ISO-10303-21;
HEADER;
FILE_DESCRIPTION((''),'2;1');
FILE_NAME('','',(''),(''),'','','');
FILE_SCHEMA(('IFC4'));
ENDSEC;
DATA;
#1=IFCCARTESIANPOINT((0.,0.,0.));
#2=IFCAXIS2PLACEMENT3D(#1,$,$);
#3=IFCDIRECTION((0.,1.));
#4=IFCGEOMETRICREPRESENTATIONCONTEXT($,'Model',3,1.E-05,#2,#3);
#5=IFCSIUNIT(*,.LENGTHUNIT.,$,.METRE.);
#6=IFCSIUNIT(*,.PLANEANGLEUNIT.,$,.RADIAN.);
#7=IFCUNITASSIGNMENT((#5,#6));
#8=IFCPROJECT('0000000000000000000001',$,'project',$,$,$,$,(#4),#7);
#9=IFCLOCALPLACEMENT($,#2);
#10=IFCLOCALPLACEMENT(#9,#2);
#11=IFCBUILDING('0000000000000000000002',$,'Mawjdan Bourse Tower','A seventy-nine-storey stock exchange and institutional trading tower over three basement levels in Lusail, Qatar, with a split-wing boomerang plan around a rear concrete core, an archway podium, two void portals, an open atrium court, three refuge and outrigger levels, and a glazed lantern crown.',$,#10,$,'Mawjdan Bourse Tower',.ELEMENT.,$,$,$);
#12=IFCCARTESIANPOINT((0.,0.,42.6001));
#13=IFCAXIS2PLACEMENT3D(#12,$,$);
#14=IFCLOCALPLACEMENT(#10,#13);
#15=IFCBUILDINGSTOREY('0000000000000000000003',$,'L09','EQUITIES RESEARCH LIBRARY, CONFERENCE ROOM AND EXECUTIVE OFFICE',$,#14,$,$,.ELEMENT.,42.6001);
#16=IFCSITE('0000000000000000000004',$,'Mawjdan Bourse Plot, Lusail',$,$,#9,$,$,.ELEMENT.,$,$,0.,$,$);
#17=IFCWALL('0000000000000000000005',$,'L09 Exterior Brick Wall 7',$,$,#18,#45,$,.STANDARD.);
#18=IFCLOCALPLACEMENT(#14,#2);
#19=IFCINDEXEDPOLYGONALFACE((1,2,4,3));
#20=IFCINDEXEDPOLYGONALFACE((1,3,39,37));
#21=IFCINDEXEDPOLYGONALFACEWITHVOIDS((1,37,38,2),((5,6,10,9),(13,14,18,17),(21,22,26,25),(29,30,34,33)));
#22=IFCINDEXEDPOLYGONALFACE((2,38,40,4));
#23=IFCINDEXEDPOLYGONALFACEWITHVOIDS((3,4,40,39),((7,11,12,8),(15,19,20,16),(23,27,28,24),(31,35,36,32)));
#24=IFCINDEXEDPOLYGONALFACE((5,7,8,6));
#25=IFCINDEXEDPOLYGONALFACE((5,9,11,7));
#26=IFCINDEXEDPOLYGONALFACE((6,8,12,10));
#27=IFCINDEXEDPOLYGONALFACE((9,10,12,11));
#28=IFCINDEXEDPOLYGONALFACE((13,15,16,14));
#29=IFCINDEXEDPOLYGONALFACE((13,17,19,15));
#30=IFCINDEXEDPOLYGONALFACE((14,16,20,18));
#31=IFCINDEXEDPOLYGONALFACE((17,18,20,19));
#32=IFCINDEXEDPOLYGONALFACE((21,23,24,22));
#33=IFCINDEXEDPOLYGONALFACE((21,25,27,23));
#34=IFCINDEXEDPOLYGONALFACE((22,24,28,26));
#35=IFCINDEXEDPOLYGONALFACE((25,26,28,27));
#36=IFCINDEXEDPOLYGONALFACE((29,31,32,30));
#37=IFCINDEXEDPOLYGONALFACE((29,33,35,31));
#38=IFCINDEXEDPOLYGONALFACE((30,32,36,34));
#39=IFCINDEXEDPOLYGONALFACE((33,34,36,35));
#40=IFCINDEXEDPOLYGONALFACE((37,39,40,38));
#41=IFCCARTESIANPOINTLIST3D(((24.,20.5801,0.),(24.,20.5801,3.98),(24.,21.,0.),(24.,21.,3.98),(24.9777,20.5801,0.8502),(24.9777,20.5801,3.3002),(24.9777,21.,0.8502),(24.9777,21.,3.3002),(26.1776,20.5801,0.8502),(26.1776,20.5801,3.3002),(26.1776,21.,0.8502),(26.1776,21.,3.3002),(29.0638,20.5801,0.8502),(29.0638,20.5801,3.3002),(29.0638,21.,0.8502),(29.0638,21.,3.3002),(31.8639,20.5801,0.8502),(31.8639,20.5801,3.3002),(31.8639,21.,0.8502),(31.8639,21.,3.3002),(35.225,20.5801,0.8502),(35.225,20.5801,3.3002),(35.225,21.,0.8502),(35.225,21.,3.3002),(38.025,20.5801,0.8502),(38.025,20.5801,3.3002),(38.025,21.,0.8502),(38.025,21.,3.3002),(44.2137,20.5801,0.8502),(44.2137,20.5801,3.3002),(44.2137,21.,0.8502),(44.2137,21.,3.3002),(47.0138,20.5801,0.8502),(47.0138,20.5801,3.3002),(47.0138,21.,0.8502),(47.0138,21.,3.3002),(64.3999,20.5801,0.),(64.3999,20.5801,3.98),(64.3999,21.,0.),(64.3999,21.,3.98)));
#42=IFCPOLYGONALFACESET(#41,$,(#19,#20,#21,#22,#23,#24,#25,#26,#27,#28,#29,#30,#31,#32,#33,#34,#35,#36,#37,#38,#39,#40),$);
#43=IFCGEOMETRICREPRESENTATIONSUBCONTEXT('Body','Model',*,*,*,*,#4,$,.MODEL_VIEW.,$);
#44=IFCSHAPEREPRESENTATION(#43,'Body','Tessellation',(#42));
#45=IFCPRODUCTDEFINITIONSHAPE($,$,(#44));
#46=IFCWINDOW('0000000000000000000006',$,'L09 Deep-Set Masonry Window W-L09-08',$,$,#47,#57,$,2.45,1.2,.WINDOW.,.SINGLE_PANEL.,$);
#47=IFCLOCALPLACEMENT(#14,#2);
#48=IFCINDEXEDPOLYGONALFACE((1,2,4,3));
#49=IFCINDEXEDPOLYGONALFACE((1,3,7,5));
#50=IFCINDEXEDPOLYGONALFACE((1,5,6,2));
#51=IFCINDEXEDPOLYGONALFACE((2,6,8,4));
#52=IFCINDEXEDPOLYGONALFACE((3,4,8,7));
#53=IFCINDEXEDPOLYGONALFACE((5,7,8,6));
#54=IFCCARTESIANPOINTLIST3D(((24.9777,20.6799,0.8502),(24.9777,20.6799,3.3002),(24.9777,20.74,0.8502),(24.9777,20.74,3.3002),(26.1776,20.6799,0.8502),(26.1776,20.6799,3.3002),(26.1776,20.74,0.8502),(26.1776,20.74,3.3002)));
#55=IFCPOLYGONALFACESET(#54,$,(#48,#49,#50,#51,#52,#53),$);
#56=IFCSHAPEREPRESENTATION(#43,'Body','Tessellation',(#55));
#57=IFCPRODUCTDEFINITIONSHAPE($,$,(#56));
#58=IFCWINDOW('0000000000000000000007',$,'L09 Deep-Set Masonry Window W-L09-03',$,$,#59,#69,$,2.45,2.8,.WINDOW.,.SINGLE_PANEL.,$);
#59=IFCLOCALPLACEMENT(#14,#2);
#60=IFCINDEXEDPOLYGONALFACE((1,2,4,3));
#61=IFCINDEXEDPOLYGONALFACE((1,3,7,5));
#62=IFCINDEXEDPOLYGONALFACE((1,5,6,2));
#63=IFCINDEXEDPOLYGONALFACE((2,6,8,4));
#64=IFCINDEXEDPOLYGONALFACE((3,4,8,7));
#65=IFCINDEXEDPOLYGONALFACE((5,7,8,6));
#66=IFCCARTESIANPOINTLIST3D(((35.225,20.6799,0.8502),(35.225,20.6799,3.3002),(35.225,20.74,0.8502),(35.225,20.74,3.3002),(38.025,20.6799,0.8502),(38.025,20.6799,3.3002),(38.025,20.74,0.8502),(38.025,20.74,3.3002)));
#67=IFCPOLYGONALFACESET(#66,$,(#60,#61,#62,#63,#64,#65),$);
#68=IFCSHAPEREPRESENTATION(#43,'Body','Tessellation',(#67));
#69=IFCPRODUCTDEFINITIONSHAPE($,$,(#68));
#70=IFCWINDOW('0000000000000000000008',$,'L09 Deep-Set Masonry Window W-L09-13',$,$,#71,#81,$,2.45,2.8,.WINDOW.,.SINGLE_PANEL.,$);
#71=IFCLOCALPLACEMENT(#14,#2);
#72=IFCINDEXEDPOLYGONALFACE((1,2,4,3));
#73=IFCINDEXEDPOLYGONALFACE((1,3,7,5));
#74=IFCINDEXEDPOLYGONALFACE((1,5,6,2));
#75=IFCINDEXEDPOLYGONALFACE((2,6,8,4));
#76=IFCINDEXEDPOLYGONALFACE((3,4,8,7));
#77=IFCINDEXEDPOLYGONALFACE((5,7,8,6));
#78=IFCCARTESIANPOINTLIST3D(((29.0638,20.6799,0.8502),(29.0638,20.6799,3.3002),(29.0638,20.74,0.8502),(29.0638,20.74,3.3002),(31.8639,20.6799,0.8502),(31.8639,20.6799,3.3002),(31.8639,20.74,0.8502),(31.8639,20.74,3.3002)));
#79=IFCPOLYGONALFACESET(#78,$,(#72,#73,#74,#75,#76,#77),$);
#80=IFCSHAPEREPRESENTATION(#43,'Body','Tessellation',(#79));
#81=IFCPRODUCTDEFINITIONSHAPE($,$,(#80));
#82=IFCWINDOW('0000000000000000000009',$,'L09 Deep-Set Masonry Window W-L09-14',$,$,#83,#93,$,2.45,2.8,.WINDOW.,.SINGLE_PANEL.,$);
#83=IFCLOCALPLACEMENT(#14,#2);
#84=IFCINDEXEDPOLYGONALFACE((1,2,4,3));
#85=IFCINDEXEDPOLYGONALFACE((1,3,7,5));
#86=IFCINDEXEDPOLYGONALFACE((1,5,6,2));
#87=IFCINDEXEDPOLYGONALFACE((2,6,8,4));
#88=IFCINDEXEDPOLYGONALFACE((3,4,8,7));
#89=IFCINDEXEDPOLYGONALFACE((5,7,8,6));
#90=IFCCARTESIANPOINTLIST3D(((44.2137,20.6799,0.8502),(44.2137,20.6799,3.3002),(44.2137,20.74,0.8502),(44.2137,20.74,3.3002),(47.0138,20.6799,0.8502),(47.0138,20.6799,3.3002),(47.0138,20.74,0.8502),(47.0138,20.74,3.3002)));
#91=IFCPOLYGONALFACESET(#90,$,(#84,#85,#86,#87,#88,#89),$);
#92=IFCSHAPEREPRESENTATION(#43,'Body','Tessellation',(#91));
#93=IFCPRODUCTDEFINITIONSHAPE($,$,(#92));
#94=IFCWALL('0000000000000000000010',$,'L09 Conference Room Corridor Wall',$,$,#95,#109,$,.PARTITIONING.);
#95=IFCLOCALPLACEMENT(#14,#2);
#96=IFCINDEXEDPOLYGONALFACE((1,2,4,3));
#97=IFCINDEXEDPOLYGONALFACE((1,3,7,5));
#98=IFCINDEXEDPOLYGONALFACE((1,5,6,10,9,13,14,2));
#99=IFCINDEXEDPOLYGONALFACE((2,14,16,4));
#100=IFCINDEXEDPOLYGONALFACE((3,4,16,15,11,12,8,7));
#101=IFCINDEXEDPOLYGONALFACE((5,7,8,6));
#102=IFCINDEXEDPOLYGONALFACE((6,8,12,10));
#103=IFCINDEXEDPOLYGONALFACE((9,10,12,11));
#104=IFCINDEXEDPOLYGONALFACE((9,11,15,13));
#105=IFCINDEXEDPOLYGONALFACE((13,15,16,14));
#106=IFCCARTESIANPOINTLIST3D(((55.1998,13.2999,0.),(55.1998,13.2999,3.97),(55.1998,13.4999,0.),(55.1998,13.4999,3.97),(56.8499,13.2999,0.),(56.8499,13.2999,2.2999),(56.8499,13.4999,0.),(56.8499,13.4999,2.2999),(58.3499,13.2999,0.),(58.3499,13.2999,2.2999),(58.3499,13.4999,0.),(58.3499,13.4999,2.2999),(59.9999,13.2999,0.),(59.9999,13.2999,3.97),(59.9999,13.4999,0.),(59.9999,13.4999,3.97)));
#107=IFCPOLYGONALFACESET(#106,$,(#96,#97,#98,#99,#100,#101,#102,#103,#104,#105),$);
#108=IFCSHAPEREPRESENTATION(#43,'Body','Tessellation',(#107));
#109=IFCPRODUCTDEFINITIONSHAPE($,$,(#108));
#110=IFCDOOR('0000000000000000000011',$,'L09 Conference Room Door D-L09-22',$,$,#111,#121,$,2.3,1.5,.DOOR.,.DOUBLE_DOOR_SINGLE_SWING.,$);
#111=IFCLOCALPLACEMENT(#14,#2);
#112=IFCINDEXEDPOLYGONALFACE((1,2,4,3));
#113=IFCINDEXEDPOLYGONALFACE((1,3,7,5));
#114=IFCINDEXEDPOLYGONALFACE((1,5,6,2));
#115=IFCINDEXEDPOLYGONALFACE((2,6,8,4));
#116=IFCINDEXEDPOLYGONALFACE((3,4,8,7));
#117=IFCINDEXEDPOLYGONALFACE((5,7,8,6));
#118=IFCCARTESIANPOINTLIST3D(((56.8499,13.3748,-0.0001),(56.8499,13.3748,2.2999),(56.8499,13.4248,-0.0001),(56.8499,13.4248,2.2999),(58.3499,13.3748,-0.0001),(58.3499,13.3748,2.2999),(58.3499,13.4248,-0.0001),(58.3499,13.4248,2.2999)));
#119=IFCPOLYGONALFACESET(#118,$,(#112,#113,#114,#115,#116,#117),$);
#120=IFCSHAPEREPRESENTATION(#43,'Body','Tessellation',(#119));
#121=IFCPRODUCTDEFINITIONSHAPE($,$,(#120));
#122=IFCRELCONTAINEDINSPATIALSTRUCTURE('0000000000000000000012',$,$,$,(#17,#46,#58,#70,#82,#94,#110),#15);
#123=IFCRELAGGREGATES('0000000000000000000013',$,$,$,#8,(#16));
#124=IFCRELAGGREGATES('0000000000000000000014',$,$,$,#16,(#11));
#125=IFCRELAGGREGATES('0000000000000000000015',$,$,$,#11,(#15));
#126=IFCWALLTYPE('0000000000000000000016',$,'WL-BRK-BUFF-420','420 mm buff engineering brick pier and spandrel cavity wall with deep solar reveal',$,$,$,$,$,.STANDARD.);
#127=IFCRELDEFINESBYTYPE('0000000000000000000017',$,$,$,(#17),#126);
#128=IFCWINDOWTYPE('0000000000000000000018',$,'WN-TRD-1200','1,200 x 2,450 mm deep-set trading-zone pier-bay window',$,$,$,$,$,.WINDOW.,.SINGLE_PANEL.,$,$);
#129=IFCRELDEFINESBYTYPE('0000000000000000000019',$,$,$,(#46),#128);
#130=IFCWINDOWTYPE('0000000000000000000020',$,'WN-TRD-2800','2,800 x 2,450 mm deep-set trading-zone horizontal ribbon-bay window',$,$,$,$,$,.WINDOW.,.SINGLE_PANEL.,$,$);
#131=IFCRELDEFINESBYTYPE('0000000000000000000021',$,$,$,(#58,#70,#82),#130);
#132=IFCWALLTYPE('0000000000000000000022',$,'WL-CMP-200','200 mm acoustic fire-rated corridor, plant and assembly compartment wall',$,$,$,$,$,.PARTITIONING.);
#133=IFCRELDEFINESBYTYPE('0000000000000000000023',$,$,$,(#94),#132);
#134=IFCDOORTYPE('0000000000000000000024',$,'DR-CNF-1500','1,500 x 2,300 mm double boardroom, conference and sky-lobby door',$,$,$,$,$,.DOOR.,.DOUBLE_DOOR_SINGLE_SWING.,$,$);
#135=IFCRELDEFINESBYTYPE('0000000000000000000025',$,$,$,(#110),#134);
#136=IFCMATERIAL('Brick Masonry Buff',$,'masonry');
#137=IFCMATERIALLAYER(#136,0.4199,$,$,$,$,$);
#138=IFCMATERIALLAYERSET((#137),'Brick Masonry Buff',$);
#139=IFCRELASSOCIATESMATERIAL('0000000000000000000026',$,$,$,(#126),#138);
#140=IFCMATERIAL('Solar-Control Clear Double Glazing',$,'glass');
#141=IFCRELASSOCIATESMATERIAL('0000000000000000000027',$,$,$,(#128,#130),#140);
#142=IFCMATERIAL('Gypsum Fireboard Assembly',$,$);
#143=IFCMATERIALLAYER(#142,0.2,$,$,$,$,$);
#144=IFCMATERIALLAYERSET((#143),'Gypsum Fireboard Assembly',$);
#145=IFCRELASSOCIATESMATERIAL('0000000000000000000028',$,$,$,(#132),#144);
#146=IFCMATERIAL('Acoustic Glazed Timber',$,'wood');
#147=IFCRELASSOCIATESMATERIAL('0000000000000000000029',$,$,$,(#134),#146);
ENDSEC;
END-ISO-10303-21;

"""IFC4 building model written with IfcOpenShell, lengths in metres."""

from ifc_helpers import new_model, si_unit, direction, frame, frame_2d, origin, place, context, subcontext, project, spatial, rectangle, extrude, material, layer, layer_set, type_object, element, fill, save


model = new_model("IFC4")

# Units and contexts
model_context = context("Model", 3, precision=1e-05, world=origin(), true_north=direction((0.0, 1.0)))
body_context = subcontext(model_context, "Body", "Model", "MODEL_VIEW")
ifc_project = project(units=[si_unit("LENGTHUNIT", "METRE"), si_unit("PLANEANGLEUNIT", "RADIAN")], contexts=[model_context])

# Site, building, storey
site_placement = place(None, origin())
site = spatial("IfcSite", under=ifc_project, at=site_placement, Name="Mawjdan Bourse Plot, Lusail", CompositionType="ELEMENT", RefElevation=0.0)
building_placement = place(site_placement, origin())
building = spatial("IfcBuilding", under=site, at=building_placement, Name="Mawjdan Bourse Tower", Description="A seventy-nine-storey stock exchange and institutional trading tower over three basement levels in Lusail, Qatar, with a split-wing boomerang plan around a rear concrete core, an archway podium, two void portals, an open atrium court, three refuge and outrigger levels, and a glazed lantern crown.", LongName="Mawjdan Bourse Tower", CompositionType="ELEMENT")
storey_placement = place(building_placement, frame((0.0, 0.0, 42.6001)))
storey = spatial("IfcBuildingStorey", under=building, at=storey_placement, Name="L09", Description="EQUITIES RESEARCH LIBRARY, CONFERENCE ROOM AND EXECUTIVE OFFICE", CompositionType="ELEMENT", Elevation=42.6001)

# Shared definitions
ifc_material_1 = material(Name="Brick Masonry Buff", Category="masonry")
ifc_layer_1 = layer(ifc_material_1, 0.4199)
ifc_layer_set_1 = layer_set([ifc_layer_1], Name="Brick Masonry Buff")
wall_type_1 = type_object("IfcWallType", Name="WL-BRK-BUFF-420", Description="420 mm buff engineering brick pier and spandrel cavity wall with deep solar reveal", PredefinedType="STANDARD", material=ifc_layer_set_1)

# Wall, openings, windows
wall_1_placement = place(storey_placement, frame((64.3999, 20.79, 0.0), z_axis=(0.0, 0.0, 1.0), x_axis=(-1.0, 0.0, 0.0)))
wall_1 = element("IfcWall", 1, at=wall_1_placement, inside=storey, type_object=wall_type_1, Name="L09 Exterior Brick Wall 7", PredefinedType="STANDARD", context=body_context, shape_type="SweptSolid", body=[
    extrude(rectangle(XDim=40.3999, YDim=0.4199, at=frame_2d((20.2, 0.0))), origin(), (0.0, 0.0, 1.0), 3.98),
])
opening_1_placement = place(wall_1_placement, frame((26.375, 0.0, 0.8501)))
opening_1 = element("IfcOpeningElement", 2, at=opening_1_placement, cuts=wall_1, PredefinedType="OPENING", context=body_context, shape_type="SweptSolid", body=[
    extrude(rectangle(XDim=2.8, YDim=2.45, at=frame_2d((1.3999, 1.2251))), frame((0.0, 0.22, 0.0), z_axis=(0.0, -1.0, 0.0), x_axis=(1.0, 0.0, 0.0)), (0.0, 0.0, 1.0), 0.4399),
])
opening_2_placement = place(wall_1_placement, frame((38.2222, 0.0, 0.8501)))
opening_2 = element("IfcOpeningElement", 3, at=opening_2_placement, cuts=wall_1, PredefinedType="OPENING", context=body_context, shape_type="SweptSolid", body=[
    extrude(rectangle(XDim=1.2, YDim=2.45, at=frame_2d((0.6001, 1.2251))), frame((0.0, 0.22, 0.0), z_axis=(0.0, -1.0, 0.0), x_axis=(1.0, 0.0, 0.0)), (0.0, 0.0, 1.0), 0.4399),
])
opening_3_placement = place(wall_1_placement, frame((32.5361, 0.0, 0.8501)))
opening_3 = element("IfcOpeningElement", 4, at=opening_3_placement, cuts=wall_1, PredefinedType="OPENING", context=body_context, shape_type="SweptSolid", body=[
    extrude(rectangle(XDim=2.8, YDim=2.45, at=frame_2d((1.3999, 1.2251))), frame((0.0, 0.22, 0.0), z_axis=(0.0, -1.0, 0.0), x_axis=(1.0, 0.0, 0.0)), (0.0, 0.0, 1.0), 0.4399),
])
opening_4_placement = place(wall_1_placement, frame((17.3862, 0.0, 0.8501)))
opening_4 = element("IfcOpeningElement", 5, at=opening_4_placement, cuts=wall_1, PredefinedType="OPENING", context=body_context, shape_type="SweptSolid", body=[
    extrude(rectangle(XDim=2.8, YDim=2.45, at=frame_2d((1.3999, 1.2251))), frame((0.0, 0.22, 0.0), z_axis=(0.0, -1.0, 0.0), x_axis=(1.0, 0.0, 0.0)), (0.0, 0.0, 1.0), 0.4399),
])
ifc_material_2 = material(Name="Solar-Control Clear Double Glazing", Category="glass")
window_type_1 = type_object("IfcWindowType", Name="WN-TRD-1200", Description="1,200 x 2,450 mm deep-set trading-zone pier-bay window", PartitioningType="SINGLE_PANEL", PredefinedType="WINDOW", material=ifc_material_2)
window_1_placement = place(opening_2_placement, origin())
window_1 = element("IfcWindow", 6, at=window_1_placement, inside=storey, type_object=window_type_1, Name="L09 Deep-Set Masonry Window W-L09-08", OverallHeight=2.45, OverallWidth=1.2, PartitioningType="SINGLE_PANEL", PredefinedType="WINDOW", context=body_context, shape_type="SweptSolid", body=[
    extrude(rectangle(XDim=1.2, YDim=2.45, at=frame_2d((0.6001, 1.2251))), frame((0.0, 0.1101, 0.0), z_axis=(0.0, -1.0, 0.0), x_axis=(1.0, 0.0, 0.0)), (0.0, 0.0, 1.0), 0.0601),
])
fill(opening_2, window_1)
window_type_2 = type_object("IfcWindowType", Name="WN-TRD-2800", Description="2,800 x 2,450 mm deep-set trading-zone horizontal ribbon-bay window", PartitioningType="SINGLE_PANEL", PredefinedType="WINDOW", material=ifc_material_2)
window_2_placement = place(opening_1_placement, origin())
window_2 = element("IfcWindow", 7, at=window_2_placement, inside=storey, type_object=window_type_2, Name="L09 Deep-Set Masonry Window W-L09-03", OverallHeight=2.45, OverallWidth=2.8, PartitioningType="SINGLE_PANEL", PredefinedType="WINDOW", context=body_context, shape_type="SweptSolid", body=[
    extrude(rectangle(XDim=2.8, YDim=2.45, at=frame_2d((1.3999, 1.2251))), frame((0.0, 0.1101, 0.0), z_axis=(0.0, -1.0, 0.0), x_axis=(1.0, 0.0, 0.0)), (0.0, 0.0, 1.0), 0.0601),
])
fill(opening_1, window_2)
window_3_placement = place(opening_3_placement, origin())
window_3 = element("IfcWindow", 8, at=window_3_placement, inside=storey, type_object=window_type_2, Name="L09 Deep-Set Masonry Window W-L09-13", OverallHeight=2.45, OverallWidth=2.8, PartitioningType="SINGLE_PANEL", PredefinedType="WINDOW", context=body_context, shape_type="SweptSolid", body=[
    extrude(rectangle(XDim=2.8, YDim=2.45, at=frame_2d((1.3999, 1.2251))), frame((0.0, 0.1101, 0.0), z_axis=(0.0, -1.0, 0.0), x_axis=(1.0, 0.0, 0.0)), (0.0, 0.0, 1.0), 0.0601),
])
fill(opening_3, window_3)
window_4_placement = place(opening_4_placement, origin())
window_4 = element("IfcWindow", 9, at=window_4_placement, inside=storey, type_object=window_type_2, Name="L09 Deep-Set Masonry Window W-L09-14", OverallHeight=2.45, OverallWidth=2.8, PartitioningType="SINGLE_PANEL", PredefinedType="WINDOW", context=body_context, shape_type="SweptSolid", body=[
    extrude(rectangle(XDim=2.8, YDim=2.45, at=frame_2d((1.3999, 1.2251))), frame((0.0, 0.1101, 0.0), z_axis=(0.0, -1.0, 0.0), x_axis=(1.0, 0.0, 0.0)), (0.0, 0.0, 1.0), 0.0601),
])
fill(opening_4, window_4)

# Wall, opening, door
ifc_material_3 = material(Name="Gypsum Fireboard Assembly")
ifc_layer_2 = layer(ifc_material_3, 0.2)
ifc_layer_set_2 = layer_set([ifc_layer_2], Name="Gypsum Fireboard Assembly")
wall_type_2 = type_object("IfcWallType", Name="WL-CMP-200", Description="200 mm acoustic fire-rated corridor, plant and assembly compartment wall", PredefinedType="PARTITIONING", material=ifc_layer_set_2)
wall_2_placement = place(storey_placement, frame((55.2, 13.3999, 0.0), z_axis=(0.0, 0.0, 1.0), x_axis=(1.0, 0.0, 0.0)))
wall_2 = element("IfcWall", 10, at=wall_2_placement, inside=storey, type_object=wall_type_2, Name="L09 Conference Room Corridor Wall", PredefinedType="PARTITIONING", context=body_context, shape_type="SweptSolid", body=[
    extrude(rectangle(XDim=4.8, YDim=0.2, at=frame_2d((2.3999, 0.0))), origin(), (0.0, 0.0, 1.0), 3.97),
])
opening_5_placement = place(wall_2_placement, frame((1.6499, 0.0, 0.0)))
opening_5 = element("IfcOpeningElement", 11, at=opening_5_placement, cuts=wall_2, PredefinedType="OPENING", context=body_context, shape_type="SweptSolid", body=[
    extrude(rectangle(XDim=1.5, YDim=2.3, at=frame_2d((0.75, 1.1499))), frame((0.0, 0.1099, 0.0), z_axis=(0.0, -1.0, 0.0), x_axis=(1.0, 0.0, 0.0)), (0.0, 0.0, 1.0), 0.22),
])
ifc_material_4 = material(Name="Acoustic Glazed Timber", Category="wood")
door_type = type_object("IfcDoorType", Name="DR-CNF-1500", Description="1,500 x 2,300 mm double boardroom, conference and sky-lobby door", OperationType="DOUBLE_DOOR_SINGLE_SWING", PredefinedType="DOOR", material=ifc_material_4)
door_placement = place(opening_5_placement, origin())
door = element("IfcDoor", 12, at=door_placement, inside=storey, type_object=door_type, Name="L09 Conference Room Door D-L09-22", OperationType="DOUBLE_DOOR_SINGLE_SWING", OverallHeight=2.3, OverallWidth=1.5, PredefinedType="DOOR", context=body_context, shape_type="SweptSolid", body=[
    extrude(rectangle(XDim=1.5, YDim=2.3, at=frame_2d((0.75, 1.1499))), frame((0.0, 0.0249, 0.0), z_axis=(0.0, -1.0, 0.0), x_axis=(1.0, 0.0, 0.0)), (0.0, 0.0, 1.0), 0.05),
])
fill(opening_5, door)

save(model, "model.ifc")
